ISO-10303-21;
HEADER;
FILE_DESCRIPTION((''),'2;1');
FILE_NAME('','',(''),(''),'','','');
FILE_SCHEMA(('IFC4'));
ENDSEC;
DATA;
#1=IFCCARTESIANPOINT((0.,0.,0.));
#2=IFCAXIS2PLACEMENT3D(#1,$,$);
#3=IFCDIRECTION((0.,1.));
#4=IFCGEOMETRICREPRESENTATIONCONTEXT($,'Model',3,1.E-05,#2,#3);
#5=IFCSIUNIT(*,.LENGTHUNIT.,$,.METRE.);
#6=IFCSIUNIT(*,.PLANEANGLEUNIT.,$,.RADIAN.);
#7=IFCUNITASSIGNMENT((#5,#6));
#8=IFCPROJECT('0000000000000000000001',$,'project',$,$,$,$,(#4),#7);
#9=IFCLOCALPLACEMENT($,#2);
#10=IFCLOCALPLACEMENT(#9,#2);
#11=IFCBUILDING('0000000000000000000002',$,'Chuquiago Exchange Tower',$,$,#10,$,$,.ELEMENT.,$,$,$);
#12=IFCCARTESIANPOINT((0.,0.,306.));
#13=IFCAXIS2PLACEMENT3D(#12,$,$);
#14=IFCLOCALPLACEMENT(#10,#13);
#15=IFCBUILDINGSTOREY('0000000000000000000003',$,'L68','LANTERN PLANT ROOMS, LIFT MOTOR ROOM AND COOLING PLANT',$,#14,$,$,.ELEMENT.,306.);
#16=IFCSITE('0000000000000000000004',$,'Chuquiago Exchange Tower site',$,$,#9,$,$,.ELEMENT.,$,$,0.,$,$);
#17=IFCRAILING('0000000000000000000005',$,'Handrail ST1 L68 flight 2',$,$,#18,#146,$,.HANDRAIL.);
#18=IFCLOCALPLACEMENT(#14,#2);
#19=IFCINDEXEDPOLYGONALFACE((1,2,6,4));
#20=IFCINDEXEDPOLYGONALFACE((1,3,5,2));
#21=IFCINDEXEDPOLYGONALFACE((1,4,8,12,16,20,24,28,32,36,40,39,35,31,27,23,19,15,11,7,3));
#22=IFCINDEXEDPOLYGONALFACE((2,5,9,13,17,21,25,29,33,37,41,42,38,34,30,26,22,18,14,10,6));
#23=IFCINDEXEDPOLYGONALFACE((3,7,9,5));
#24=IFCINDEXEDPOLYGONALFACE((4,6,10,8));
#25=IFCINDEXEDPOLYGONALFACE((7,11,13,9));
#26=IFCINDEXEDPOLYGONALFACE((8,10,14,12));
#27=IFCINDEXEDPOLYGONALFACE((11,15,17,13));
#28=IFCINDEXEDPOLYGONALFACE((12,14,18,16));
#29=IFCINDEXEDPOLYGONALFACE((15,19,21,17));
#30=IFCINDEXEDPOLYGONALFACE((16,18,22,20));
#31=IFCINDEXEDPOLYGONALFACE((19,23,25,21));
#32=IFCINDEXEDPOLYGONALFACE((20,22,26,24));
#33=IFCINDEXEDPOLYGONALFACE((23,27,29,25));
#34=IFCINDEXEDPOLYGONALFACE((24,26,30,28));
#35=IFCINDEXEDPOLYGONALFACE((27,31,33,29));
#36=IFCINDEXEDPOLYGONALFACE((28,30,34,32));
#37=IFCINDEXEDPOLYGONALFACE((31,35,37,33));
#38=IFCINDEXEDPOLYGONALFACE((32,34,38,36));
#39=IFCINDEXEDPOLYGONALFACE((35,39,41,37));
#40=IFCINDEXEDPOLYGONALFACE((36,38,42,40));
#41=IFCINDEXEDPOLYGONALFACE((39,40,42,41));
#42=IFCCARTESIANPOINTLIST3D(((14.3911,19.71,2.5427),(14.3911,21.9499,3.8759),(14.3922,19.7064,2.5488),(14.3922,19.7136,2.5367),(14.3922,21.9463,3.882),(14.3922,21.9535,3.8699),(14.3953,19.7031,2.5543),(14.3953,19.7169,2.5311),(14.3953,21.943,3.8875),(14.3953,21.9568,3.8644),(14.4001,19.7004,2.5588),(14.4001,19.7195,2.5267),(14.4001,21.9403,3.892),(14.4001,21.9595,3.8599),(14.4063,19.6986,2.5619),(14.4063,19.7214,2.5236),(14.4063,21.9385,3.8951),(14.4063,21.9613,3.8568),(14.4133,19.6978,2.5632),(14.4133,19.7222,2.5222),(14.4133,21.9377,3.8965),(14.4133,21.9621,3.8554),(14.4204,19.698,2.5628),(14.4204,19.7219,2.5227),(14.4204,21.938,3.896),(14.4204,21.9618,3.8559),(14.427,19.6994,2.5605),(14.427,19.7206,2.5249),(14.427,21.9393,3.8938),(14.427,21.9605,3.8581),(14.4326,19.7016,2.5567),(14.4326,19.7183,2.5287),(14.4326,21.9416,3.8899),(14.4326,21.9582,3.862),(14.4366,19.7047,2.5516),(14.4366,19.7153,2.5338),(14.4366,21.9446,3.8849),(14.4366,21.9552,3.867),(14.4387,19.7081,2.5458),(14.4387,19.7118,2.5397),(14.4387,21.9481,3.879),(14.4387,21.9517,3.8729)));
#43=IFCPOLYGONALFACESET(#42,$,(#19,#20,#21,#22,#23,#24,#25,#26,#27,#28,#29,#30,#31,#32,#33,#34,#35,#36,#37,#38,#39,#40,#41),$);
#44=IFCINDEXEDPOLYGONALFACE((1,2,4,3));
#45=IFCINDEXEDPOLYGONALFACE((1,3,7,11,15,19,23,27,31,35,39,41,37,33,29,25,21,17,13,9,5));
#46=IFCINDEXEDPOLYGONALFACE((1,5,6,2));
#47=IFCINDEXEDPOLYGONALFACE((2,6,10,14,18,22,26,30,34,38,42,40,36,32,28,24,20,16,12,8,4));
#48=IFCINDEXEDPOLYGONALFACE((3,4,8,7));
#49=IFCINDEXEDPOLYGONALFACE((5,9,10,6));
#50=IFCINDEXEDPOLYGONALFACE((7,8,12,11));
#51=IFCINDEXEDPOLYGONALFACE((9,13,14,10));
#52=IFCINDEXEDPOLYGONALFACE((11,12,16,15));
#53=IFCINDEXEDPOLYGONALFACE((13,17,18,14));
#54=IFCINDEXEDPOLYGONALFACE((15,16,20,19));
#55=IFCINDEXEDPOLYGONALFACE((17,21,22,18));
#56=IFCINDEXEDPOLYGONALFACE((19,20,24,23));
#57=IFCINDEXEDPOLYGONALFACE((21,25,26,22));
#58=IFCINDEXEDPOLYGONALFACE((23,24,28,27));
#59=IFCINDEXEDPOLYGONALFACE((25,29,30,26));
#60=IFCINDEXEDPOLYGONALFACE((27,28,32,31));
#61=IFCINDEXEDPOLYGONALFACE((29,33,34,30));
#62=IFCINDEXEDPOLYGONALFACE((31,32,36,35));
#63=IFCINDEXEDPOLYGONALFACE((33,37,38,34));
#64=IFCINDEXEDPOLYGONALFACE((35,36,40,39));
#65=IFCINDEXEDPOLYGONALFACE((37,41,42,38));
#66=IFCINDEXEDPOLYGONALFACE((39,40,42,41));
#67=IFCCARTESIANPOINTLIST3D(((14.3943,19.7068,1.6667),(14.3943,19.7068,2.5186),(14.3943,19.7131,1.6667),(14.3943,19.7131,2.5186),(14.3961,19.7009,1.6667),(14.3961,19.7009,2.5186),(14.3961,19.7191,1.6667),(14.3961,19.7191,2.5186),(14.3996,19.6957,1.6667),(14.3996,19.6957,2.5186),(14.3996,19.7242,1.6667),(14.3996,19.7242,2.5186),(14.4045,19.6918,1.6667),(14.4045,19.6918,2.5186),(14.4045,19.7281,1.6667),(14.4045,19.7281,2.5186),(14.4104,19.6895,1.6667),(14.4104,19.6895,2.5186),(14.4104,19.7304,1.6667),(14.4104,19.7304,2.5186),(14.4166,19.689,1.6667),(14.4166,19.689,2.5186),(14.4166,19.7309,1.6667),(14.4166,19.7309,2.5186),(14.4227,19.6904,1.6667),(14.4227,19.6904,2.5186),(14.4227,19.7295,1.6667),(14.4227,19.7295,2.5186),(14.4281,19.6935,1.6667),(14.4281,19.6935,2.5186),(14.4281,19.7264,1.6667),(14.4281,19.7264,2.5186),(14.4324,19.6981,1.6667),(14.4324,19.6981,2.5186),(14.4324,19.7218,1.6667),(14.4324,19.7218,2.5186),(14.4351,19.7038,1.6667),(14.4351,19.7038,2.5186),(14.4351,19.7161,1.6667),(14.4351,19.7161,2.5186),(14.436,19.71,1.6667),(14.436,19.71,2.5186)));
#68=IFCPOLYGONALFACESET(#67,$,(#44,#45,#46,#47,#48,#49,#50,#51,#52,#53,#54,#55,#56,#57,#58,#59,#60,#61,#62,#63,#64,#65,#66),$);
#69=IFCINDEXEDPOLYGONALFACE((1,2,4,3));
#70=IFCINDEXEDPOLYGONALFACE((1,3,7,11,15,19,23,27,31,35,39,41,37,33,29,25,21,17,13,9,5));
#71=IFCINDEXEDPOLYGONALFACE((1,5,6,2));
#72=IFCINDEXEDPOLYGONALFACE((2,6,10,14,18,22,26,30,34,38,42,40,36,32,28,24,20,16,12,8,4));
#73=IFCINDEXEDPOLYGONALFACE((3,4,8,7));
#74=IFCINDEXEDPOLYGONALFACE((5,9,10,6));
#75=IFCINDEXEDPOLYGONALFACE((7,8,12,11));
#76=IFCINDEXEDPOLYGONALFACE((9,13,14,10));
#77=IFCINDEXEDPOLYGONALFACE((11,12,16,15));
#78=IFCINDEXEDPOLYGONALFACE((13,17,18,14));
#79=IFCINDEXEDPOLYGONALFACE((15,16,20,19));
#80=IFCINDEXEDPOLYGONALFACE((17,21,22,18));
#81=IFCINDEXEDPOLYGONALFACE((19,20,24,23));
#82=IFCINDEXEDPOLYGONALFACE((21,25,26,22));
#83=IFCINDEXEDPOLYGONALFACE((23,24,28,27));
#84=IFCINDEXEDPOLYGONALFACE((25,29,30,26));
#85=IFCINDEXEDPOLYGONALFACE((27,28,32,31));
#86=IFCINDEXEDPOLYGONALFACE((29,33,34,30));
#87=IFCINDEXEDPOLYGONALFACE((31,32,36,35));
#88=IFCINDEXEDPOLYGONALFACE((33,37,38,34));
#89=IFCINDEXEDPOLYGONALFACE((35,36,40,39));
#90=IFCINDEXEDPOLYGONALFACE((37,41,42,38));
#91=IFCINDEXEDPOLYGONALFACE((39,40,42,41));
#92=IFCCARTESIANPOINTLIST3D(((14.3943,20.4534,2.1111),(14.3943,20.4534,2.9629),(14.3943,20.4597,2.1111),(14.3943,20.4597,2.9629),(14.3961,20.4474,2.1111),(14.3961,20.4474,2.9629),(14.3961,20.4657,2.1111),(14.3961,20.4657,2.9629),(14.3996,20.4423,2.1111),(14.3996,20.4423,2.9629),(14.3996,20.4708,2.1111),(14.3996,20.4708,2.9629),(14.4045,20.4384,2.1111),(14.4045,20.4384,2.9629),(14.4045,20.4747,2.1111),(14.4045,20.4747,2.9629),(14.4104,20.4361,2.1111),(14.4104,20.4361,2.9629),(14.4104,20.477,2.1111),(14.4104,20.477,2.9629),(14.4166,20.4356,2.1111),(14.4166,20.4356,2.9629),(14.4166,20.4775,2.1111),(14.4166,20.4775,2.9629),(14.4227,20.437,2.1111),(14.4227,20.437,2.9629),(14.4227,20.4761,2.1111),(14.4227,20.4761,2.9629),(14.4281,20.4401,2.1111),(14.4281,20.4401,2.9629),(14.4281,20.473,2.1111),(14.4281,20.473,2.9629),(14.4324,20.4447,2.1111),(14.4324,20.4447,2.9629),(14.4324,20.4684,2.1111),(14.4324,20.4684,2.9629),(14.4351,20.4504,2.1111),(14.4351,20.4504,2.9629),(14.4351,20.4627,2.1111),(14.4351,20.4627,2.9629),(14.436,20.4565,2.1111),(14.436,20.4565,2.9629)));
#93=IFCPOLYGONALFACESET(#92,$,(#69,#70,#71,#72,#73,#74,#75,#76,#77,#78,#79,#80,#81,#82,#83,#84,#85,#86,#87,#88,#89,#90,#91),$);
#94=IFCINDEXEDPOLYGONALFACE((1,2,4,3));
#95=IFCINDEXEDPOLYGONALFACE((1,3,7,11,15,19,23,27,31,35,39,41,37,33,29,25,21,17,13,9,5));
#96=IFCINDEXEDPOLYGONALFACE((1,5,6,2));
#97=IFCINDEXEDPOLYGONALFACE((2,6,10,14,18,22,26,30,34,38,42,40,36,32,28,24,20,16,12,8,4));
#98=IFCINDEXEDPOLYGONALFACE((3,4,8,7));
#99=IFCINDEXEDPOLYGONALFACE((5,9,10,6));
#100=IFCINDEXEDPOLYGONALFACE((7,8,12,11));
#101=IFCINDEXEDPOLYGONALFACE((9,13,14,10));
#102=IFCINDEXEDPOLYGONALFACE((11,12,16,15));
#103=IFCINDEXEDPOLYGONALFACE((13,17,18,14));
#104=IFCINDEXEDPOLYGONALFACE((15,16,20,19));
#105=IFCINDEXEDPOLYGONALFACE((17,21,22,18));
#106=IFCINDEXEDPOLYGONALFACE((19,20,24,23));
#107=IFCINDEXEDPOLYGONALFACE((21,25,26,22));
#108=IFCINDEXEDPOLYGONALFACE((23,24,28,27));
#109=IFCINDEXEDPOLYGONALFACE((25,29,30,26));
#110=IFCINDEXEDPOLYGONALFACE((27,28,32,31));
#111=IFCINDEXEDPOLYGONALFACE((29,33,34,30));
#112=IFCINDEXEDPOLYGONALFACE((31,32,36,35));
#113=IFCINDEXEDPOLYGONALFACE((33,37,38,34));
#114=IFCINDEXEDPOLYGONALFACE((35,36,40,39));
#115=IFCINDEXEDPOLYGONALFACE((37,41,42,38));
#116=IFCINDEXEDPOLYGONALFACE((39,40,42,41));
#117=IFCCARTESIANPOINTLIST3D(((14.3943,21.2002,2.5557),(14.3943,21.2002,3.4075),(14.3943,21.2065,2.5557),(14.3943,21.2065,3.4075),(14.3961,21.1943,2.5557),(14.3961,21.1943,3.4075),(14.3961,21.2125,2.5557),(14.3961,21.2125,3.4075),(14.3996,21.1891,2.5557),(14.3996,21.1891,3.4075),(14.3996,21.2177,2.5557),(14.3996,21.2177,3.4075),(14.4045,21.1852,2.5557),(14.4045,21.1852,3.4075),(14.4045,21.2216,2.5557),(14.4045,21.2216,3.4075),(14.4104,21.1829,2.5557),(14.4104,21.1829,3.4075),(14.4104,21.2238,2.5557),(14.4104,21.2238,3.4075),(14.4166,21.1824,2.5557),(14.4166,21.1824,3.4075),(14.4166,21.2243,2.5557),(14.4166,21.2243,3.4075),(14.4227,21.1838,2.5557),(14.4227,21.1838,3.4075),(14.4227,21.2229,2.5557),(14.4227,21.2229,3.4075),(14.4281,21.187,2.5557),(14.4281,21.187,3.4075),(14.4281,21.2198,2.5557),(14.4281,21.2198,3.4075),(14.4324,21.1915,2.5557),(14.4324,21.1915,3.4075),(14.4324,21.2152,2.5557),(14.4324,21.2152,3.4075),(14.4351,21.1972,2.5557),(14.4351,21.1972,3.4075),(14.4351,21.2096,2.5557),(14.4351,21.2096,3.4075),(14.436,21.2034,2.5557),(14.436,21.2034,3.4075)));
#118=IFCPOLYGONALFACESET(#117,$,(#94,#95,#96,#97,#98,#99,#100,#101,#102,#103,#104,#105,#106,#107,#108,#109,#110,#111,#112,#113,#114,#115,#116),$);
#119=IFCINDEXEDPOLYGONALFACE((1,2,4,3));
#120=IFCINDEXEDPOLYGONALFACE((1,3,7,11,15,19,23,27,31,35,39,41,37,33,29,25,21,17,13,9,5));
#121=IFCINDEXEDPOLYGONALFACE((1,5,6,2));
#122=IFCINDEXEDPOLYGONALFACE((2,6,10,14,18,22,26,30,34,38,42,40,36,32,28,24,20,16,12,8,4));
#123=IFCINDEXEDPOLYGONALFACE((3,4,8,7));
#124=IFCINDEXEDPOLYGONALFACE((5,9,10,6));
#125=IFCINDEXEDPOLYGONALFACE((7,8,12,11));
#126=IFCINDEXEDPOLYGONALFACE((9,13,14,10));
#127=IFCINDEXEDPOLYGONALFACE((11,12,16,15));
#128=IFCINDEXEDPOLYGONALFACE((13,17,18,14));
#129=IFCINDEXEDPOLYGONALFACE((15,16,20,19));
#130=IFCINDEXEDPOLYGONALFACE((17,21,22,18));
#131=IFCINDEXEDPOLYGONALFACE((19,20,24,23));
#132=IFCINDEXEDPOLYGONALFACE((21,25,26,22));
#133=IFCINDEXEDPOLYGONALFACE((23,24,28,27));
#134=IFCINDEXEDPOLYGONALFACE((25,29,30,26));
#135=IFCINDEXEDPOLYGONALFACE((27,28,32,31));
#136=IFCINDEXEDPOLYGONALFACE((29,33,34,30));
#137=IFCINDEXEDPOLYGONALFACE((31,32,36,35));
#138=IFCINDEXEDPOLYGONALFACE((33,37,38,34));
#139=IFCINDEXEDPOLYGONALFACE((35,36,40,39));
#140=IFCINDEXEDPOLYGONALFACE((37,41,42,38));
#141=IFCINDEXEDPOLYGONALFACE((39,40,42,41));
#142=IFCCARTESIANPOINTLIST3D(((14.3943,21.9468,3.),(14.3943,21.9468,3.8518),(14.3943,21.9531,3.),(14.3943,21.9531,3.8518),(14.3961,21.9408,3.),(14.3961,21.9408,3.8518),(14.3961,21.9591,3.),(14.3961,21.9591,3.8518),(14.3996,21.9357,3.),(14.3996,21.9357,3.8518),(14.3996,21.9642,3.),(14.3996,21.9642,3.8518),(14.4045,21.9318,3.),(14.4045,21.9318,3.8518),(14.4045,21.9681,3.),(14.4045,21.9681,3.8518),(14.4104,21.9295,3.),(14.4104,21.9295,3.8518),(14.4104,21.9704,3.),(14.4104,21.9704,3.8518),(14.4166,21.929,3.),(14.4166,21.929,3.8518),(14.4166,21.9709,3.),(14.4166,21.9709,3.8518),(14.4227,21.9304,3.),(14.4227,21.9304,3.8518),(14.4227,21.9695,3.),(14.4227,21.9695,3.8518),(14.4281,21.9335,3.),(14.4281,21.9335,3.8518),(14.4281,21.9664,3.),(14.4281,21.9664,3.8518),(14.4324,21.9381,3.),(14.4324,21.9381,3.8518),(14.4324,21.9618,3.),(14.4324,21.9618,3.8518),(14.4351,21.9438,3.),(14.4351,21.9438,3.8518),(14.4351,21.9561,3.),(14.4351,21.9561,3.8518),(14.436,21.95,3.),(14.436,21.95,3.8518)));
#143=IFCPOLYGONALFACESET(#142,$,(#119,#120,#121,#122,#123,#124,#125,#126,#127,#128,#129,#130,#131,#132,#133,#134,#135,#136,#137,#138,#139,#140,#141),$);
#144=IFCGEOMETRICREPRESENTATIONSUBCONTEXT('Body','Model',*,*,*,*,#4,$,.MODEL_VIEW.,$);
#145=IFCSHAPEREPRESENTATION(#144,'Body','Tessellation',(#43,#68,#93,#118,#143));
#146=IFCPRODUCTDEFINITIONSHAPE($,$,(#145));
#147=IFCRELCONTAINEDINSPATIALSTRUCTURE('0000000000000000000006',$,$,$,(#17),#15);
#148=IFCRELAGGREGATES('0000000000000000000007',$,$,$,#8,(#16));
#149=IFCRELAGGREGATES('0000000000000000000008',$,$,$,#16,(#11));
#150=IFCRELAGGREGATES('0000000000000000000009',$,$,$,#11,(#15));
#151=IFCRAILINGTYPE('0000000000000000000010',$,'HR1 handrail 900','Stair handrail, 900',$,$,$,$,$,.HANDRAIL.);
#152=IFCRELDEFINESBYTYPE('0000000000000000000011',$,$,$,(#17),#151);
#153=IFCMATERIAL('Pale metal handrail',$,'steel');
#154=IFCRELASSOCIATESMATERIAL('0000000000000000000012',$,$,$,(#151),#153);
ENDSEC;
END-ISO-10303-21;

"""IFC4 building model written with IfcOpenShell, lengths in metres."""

from ifc_helpers import new_model, si_unit, direction, frame, origin, origin_2d, place, context, subcontext, project, spatial, circle, extrude, material, type_object, element, save


model = new_model("IFC4")

# Units and contexts
model_context = context("Model", 3, precision=1e-05, world=origin(), true_north=direction((0.0, 1.0)))
body_context = subcontext(model_context, "Body", "Model", "MODEL_VIEW")
ifc_project = project(units=[si_unit("LENGTHUNIT", "METRE"), si_unit("PLANEANGLEUNIT", "RADIAN")], contexts=[model_context])

# Site, building, storey
site_placement = place(None, origin())
site = spatial("IfcSite", under=ifc_project, at=site_placement, Name="Chuquiago Exchange Tower site", CompositionType="ELEMENT", RefElevation=0.0)
building_placement = place(site_placement, origin())
building = spatial("IfcBuilding", under=site, at=building_placement, Name="Chuquiago Exchange Tower", CompositionType="ELEMENT")
storey_placement = place(building_placement, frame((0.0, 0.0, 306.0)))
storey = spatial("IfcBuildingStorey", under=building, at=storey_placement, Name="L68", Description="LANTERN PLANT ROOMS, LIFT MOTOR ROOM AND COOLING PLANT", CompositionType="ELEMENT", Elevation=306.0)

# Railing
ifc_material_1 = material(Name="Pale metal handrail", Category="steel")
railing_type_1 = type_object("IfcRailingType", Name="HR1 handrail 900", Description="Stair handrail, 900", PredefinedType="HANDRAIL", material=ifc_material_1)
for number, where, name in (
    (1, (14.415, 19.71, 1.6667), "Handrail ST1 L68 flight 2"),
):
    element("IfcRailing", number, at=place(storey_placement, frame(where)), inside=storey, type_object=railing_type_1, Name=name, PredefinedType="HANDRAIL", context=body_context, shape_type="SweptSolid", body=[
        extrude(circle(Radius=0.0239, at=origin_2d()), frame((0.0, 0.0, 0.876), z_axis=(0.0, 0.859306, 0.511462), x_axis=(-1.0, 0.0, 0.0)), (0.0, 0.0, 1.0), 2.6067),
        extrude(circle(Radius=0.021, at=origin_2d()), origin(), (0.0, 0.0, 1.0), 0.8518),
        extrude(circle(Radius=0.021, at=origin_2d()), frame((0.0, 0.7466, 0.4443)), (0.0, 0.0, 1.0), 0.8518),
        extrude(circle(Radius=0.021, at=origin_2d()), frame((0.0, 1.4934, 0.8889)), (0.0, 0.0, 1.0), 0.8518),
        extrude(circle(Radius=0.021, at=origin_2d()), frame((0.0, 2.24, 1.3333)), (0.0, 0.0, 1.0), 0.8518),
    ])

save(model, "model.ifc")
